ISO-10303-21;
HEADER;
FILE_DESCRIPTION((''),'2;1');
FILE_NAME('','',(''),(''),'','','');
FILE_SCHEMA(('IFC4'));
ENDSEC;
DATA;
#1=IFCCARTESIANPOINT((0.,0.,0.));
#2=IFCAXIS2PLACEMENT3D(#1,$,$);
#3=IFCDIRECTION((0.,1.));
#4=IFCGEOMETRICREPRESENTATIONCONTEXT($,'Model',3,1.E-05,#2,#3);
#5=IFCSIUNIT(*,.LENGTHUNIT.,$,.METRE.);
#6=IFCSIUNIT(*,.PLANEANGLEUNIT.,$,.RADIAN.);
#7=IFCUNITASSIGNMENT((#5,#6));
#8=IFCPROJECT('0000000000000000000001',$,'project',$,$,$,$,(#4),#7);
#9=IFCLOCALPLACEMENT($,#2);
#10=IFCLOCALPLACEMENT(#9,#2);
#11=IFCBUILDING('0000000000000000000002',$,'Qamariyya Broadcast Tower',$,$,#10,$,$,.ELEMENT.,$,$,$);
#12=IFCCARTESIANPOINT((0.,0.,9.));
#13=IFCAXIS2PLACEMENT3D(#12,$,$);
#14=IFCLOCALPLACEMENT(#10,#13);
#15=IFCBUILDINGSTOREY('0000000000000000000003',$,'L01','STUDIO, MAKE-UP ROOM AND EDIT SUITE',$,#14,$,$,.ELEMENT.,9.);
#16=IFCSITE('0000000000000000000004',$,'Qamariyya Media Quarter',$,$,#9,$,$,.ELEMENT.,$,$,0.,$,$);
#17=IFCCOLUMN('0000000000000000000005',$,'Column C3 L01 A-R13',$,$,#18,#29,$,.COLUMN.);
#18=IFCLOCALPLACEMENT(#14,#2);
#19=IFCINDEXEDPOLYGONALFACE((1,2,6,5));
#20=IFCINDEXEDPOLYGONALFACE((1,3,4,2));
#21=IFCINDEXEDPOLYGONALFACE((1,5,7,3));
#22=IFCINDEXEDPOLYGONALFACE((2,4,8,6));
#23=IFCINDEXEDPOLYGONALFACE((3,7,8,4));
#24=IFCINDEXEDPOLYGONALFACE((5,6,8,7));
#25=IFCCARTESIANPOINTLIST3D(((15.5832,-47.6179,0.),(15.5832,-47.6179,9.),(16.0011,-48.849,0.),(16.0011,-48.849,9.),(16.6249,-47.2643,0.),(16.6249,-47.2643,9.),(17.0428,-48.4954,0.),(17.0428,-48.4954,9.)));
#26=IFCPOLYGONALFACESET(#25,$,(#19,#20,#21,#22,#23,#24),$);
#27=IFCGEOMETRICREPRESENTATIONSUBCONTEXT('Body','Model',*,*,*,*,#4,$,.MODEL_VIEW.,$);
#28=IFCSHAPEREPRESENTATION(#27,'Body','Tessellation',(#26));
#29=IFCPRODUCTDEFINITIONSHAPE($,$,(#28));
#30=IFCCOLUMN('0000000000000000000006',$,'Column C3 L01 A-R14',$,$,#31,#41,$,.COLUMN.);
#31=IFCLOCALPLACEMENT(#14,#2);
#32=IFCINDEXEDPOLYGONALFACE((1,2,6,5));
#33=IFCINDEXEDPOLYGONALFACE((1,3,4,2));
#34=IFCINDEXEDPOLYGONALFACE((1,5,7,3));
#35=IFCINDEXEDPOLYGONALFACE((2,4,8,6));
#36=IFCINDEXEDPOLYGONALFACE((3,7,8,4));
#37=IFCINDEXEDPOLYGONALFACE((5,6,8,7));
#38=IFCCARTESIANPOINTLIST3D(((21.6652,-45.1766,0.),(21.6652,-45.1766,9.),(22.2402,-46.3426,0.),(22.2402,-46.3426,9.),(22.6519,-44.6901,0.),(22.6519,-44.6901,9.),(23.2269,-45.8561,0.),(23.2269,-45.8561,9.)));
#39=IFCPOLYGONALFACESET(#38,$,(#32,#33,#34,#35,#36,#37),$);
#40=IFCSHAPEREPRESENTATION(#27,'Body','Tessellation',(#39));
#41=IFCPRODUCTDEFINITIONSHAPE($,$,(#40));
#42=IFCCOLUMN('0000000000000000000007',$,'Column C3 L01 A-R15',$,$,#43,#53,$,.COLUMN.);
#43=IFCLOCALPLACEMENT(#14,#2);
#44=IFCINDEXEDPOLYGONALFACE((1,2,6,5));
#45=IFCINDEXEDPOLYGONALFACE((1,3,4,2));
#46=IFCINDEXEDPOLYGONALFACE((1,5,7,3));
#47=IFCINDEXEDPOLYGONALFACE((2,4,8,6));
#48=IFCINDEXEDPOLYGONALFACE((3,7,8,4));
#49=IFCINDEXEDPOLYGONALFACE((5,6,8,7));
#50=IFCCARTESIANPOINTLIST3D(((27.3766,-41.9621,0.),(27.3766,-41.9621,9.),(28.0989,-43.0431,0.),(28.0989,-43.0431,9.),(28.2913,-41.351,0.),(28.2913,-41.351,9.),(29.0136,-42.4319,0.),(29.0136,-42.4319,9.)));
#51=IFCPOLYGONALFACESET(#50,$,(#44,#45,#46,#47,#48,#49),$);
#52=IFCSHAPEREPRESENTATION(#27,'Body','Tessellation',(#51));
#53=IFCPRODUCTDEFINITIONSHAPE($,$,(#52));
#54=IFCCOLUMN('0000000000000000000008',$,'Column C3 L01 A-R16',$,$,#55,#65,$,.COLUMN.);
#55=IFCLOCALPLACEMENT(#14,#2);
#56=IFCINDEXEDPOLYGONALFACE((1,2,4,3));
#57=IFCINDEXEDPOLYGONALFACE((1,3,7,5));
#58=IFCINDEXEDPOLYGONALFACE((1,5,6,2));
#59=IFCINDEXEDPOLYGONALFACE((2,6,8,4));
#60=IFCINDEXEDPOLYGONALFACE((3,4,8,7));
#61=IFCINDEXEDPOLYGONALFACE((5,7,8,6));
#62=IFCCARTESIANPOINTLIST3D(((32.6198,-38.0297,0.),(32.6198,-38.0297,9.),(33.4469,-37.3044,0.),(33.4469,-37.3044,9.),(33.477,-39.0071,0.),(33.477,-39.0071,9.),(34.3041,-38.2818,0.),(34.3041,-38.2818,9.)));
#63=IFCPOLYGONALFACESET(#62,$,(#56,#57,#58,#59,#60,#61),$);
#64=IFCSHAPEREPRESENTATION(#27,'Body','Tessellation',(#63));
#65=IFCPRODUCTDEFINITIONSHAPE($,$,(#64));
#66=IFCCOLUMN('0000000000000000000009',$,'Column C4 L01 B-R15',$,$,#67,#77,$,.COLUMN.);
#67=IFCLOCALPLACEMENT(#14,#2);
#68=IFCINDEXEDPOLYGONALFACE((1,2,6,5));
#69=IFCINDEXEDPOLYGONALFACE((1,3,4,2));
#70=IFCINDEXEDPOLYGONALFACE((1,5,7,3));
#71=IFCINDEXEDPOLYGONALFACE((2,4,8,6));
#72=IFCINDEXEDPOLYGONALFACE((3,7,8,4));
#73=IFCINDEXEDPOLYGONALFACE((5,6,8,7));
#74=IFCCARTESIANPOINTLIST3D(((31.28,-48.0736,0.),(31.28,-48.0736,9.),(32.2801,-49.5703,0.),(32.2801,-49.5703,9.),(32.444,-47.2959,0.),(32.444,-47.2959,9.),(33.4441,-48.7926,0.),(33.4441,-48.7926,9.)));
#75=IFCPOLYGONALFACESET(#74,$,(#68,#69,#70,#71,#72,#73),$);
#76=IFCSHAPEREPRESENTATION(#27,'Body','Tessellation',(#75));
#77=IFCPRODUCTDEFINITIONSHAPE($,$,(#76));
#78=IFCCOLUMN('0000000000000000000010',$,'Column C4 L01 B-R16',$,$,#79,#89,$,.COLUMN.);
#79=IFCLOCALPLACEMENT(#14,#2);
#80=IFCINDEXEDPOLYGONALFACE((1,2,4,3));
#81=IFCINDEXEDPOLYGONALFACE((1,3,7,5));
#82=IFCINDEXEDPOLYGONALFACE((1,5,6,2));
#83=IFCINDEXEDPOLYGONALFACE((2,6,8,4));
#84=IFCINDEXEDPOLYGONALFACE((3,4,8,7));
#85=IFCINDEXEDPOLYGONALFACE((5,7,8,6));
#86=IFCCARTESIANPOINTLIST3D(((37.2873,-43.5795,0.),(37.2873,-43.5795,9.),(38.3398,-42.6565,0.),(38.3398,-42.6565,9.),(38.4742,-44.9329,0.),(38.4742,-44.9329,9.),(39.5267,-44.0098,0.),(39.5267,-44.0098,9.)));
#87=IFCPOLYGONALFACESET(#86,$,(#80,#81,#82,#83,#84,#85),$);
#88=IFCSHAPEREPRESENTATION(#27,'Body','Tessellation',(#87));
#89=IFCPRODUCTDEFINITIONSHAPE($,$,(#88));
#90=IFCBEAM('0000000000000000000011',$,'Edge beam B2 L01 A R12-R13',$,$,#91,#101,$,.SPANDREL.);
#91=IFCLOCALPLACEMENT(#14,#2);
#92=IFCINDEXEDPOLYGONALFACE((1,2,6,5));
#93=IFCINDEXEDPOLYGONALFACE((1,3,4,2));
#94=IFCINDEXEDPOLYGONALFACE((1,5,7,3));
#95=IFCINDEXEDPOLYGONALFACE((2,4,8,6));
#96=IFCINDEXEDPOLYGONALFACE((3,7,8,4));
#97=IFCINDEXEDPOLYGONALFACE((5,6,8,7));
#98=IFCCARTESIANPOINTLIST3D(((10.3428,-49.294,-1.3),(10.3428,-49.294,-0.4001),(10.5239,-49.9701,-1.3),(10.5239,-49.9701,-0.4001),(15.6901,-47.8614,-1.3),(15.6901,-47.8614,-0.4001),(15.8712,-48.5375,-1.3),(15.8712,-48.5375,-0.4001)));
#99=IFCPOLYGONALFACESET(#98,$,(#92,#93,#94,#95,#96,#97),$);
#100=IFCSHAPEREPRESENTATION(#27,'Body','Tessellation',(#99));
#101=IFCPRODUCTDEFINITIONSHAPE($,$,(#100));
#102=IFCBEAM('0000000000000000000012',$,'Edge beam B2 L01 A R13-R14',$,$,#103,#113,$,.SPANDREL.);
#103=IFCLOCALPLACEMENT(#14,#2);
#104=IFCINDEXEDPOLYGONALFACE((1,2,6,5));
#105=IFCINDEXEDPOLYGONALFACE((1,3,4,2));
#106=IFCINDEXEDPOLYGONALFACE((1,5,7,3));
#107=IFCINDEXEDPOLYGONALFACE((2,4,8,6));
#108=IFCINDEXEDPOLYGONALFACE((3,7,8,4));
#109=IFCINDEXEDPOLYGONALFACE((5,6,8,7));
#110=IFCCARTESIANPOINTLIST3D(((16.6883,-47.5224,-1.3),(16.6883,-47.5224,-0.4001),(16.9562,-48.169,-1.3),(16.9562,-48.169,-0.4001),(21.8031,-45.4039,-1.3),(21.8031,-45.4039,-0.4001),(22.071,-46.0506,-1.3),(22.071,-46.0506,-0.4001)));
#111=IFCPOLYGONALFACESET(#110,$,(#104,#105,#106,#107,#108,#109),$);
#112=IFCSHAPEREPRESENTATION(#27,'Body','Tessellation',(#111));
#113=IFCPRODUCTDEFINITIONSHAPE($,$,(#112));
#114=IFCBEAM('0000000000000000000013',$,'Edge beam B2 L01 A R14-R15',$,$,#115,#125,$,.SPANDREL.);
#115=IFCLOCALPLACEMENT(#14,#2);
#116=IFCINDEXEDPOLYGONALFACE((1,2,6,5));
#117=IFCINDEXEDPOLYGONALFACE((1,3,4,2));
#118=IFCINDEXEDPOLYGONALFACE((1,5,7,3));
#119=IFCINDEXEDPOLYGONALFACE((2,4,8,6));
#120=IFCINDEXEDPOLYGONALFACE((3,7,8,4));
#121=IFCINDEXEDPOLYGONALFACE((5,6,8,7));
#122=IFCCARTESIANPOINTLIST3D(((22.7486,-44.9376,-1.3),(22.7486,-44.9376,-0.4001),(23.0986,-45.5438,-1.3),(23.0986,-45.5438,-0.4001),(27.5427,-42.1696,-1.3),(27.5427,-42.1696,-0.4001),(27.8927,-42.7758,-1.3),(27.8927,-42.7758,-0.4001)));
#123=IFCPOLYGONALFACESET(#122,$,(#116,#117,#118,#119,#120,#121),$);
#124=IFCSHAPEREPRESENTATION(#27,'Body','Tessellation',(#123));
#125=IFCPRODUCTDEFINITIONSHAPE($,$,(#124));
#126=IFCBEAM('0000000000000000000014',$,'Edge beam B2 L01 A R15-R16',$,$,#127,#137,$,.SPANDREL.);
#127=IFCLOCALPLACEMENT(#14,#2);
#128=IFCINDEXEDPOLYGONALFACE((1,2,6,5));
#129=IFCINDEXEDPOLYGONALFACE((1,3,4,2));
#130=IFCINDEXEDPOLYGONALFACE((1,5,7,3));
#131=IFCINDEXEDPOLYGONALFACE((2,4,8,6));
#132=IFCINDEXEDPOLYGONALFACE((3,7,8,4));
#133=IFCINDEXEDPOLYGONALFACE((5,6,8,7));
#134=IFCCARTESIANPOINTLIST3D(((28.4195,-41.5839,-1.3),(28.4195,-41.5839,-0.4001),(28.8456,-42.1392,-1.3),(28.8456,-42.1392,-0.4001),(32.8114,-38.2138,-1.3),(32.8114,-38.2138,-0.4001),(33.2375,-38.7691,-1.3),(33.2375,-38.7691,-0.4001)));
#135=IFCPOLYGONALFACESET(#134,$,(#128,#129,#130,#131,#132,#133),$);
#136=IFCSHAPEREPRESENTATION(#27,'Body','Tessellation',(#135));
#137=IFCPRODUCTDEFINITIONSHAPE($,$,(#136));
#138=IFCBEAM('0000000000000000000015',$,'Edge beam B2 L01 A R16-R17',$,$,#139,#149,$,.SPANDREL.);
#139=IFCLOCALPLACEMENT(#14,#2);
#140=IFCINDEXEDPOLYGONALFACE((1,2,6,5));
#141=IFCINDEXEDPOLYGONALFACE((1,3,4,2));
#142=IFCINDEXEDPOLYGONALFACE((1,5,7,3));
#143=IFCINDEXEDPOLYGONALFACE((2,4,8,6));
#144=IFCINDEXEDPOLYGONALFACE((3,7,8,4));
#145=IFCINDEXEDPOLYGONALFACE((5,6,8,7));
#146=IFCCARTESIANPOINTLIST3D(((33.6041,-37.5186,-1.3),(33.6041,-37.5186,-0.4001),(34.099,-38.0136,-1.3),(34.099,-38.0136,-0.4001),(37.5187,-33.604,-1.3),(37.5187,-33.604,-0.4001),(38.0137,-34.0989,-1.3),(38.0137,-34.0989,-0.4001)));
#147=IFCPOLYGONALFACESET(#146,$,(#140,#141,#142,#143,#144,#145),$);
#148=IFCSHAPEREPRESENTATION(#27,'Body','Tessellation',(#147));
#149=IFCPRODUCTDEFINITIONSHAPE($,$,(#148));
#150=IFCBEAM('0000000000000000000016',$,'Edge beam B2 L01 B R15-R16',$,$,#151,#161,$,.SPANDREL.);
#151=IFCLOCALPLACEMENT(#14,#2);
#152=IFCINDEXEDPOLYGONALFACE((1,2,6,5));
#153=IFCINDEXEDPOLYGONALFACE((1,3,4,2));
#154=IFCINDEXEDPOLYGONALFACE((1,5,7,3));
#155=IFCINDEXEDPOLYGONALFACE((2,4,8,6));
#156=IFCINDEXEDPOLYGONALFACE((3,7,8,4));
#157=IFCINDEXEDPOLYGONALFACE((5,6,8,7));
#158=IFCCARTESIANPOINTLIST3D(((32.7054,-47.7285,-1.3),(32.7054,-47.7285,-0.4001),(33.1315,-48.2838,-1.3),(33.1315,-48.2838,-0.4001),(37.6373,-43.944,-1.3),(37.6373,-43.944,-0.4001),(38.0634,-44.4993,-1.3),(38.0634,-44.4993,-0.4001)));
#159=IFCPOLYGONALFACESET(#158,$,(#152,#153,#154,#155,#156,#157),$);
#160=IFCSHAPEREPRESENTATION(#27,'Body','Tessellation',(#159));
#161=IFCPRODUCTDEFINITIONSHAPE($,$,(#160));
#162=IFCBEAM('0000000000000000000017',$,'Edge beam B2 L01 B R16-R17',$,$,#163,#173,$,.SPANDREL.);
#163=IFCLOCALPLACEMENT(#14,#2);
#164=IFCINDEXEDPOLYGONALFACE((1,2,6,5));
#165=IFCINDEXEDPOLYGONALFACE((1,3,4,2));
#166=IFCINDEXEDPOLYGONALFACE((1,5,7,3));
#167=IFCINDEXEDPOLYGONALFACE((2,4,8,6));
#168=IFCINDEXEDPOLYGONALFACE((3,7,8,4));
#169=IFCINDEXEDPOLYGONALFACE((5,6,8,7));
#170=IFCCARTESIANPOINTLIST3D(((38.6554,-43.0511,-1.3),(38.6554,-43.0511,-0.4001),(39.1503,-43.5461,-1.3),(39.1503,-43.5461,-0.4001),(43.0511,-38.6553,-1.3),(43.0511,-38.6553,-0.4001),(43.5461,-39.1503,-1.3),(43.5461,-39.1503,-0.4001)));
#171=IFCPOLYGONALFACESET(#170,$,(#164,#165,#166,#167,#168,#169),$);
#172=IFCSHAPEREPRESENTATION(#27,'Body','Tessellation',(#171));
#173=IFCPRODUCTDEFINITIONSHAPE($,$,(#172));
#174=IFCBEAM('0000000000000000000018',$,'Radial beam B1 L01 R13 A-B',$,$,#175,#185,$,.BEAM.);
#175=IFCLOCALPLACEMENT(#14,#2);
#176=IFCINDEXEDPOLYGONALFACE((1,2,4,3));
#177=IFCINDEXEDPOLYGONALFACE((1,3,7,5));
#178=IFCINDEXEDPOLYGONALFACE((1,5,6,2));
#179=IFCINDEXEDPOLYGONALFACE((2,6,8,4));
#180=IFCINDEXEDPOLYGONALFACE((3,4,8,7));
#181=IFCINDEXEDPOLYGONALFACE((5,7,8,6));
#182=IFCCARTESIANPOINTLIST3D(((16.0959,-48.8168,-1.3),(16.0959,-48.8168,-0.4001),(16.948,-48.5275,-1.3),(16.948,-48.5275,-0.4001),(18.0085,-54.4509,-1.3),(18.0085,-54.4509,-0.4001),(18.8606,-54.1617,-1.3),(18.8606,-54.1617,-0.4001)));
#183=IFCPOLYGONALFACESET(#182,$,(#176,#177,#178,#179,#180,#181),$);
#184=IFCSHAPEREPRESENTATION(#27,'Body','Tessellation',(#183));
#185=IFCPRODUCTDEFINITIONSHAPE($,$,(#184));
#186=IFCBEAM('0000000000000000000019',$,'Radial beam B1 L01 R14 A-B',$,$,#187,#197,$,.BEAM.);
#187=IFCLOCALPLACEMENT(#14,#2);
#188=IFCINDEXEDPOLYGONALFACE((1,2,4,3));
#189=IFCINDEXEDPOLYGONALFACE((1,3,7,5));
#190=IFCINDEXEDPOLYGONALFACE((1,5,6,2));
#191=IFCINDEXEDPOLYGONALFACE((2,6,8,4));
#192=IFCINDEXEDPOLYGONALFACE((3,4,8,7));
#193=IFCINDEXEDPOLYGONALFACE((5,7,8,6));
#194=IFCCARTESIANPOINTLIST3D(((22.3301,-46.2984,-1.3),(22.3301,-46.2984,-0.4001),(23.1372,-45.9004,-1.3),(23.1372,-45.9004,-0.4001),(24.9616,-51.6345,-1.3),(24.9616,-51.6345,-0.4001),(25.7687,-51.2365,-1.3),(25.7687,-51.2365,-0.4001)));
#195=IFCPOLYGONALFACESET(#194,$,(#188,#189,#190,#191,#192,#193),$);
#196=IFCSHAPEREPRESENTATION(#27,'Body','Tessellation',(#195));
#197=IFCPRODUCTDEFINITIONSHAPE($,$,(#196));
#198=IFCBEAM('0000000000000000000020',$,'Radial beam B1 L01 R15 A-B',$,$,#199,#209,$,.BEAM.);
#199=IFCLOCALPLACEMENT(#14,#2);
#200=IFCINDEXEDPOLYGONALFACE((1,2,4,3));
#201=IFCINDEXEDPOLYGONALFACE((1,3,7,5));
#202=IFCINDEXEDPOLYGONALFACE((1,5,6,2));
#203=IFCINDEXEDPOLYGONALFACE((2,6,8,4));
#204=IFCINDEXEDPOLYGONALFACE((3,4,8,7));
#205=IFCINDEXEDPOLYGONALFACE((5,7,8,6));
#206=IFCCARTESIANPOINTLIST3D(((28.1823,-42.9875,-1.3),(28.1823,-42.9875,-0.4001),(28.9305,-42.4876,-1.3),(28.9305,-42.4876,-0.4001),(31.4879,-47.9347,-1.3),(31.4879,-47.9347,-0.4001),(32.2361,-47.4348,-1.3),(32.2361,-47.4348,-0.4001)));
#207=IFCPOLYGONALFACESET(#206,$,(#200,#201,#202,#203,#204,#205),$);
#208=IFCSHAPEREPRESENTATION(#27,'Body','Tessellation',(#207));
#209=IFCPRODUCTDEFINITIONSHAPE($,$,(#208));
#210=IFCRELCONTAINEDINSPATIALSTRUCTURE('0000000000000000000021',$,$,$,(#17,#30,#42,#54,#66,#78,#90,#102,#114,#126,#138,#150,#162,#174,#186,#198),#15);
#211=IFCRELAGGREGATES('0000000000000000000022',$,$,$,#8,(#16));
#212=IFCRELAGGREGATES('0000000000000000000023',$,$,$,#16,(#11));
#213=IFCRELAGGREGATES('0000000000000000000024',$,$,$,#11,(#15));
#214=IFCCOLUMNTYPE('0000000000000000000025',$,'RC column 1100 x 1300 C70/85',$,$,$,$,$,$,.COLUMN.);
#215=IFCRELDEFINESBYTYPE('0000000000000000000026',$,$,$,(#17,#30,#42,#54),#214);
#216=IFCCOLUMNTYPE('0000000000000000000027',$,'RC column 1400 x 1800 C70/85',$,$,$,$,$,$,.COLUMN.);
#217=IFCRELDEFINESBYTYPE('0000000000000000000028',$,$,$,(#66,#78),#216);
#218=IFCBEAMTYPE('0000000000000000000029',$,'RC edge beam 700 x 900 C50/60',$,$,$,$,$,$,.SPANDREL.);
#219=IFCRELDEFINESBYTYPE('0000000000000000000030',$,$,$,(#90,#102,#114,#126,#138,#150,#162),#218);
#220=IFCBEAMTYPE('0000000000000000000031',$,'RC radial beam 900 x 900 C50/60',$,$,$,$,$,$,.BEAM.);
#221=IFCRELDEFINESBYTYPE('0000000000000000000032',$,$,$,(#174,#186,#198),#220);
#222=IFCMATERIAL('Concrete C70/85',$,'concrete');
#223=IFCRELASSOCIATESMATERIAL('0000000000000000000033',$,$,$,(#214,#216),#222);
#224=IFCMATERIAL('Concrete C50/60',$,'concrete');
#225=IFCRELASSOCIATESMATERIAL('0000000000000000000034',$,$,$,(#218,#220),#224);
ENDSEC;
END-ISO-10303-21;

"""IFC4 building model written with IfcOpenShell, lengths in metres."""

from ifc_helpers import new_model, si_unit, direction, frame, origin, origin_2d, place, context, subcontext, project, spatial, rectangle, extrude, material, material_profile, profile_set, type_object, element, save


model = new_model("IFC4")

# Units and contexts
model_context = context("Model", 3, precision=1e-05, world=origin(), true_north=direction((0.0, 1.0)))
body_context = subcontext(model_context, "Body", "Model", "MODEL_VIEW")
ifc_project = project(units=[si_unit("LENGTHUNIT", "METRE"), si_unit("PLANEANGLEUNIT", "RADIAN")], contexts=[model_context])

# Site, building, storey
site_placement = place(None, origin())
site = spatial("IfcSite", under=ifc_project, at=site_placement, Name="Qamariyya Media Quarter", CompositionType="ELEMENT", RefElevation=0.0)
building_placement = place(site_placement, origin())
building = spatial("IfcBuilding", under=site, at=building_placement, Name="Qamariyya Broadcast Tower", CompositionType="ELEMENT")
storey_placement = place(building_placement, frame((0.0, 0.0, 9.0)))
storey = spatial("IfcBuildingStorey", under=building, at=storey_placement, Name="L01", Description="STUDIO, MAKE-UP ROOM AND EDIT SUITE", CompositionType="ELEMENT", Elevation=9.0)

# Columns
ifc_material_1 = material(Name="Concrete C70/85", Category="concrete")
ifc_material_profile_1 = material_profile(ifc_material_1, rectangle(XDim=1.1001, YDim=1.3, at=origin_2d()))
ifc_profile_set_1 = profile_set([ifc_material_profile_1], Name="Concrete C70/85")
column_type_1 = type_object("IfcColumnType", Name="RC column 1100 x 1300 C70/85", PredefinedType="COLUMN", material=ifc_profile_set_1)
for number, where, z_axis, x_axis, name in (
    (1, (16.313, -48.0566, 0.0), (0.0, 0.0, 1.0), (0.94693, 0.321439, 0.0), "Column C3 L01 A-R13"),
    (2, (22.446, -45.5164, 0.0), (0.0, 0.0, 1.0), (0.896873, 0.442289, 0.0), "Column C3 L01 A-R14"),
    (3, (28.1951, -42.197, 0.0), (0.0, 0.0, 1.0), (0.83147, 0.55557, 0.0), "Column C3 L01 A-R15"),
    (4, (33.4619, -38.1558, 0.0), (0.0, 0.0, 1.0), (0.75184, 0.659346, 0.0), "Column C3 L01 A-R16"),
):
    element("IfcColumn", number, at=place(storey_placement, frame(where, z_axis=z_axis, x_axis=x_axis)), inside=storey, type_object=column_type_1, Name=name, PredefinedType="COLUMN", context=body_context, shape_type="SweptSolid", body=[
        extrude(rectangle(XDim=1.1001, YDim=1.3, at=origin_2d()), origin(), (0.0, 0.0, 1.0), 9.0),
    ])
ifc_material_profile_2 = material_profile(ifc_material_1, rectangle(XDim=1.3999, YDim=1.8, at=origin_2d()))
ifc_profile_set_2 = profile_set([ifc_material_profile_2], Name="Concrete C70/85")
column_type_2 = type_object("IfcColumnType", Name="RC column 1400 x 1800 C70/85", PredefinedType="COLUMN", material=ifc_profile_set_2)
for number, where, z_axis, x_axis, name in (
    (5, (32.3621, -48.4331, 0.0), (0.0, 0.0, 1.0), (0.83147, 0.55557, 0.0), "Column C4 L01 B-R15"),
    (6, (38.407, -43.7947, 0.0), (0.0, 0.0, 1.0), (0.75184, 0.659346, 0.0), "Column C4 L01 B-R16"),
):
    element("IfcColumn", number, at=place(storey_placement, frame(where, z_axis=z_axis, x_axis=x_axis)), inside=storey, type_object=column_type_2, Name=name, PredefinedType="COLUMN", context=body_context, shape_type="SweptSolid", body=[
        extrude(rectangle(XDim=1.3999, YDim=1.8, at=origin_2d()), origin(), (0.0, 0.0, 1.0), 9.0),
    ])

# Beams
ifc_material_2 = material(Name="Concrete C50/60", Category="concrete")
ifc_material_profile_3 = material_profile(ifc_material_2, rectangle(XDim=0.7, YDim=0.8999, at=origin_2d()))
ifc_profile_set_3 = profile_set([ifc_material_profile_3], Name="Concrete C50/60")
beam_type_1 = type_object("IfcBeamType", Name="RC edge beam 700 x 900 C50/60", PredefinedType="SPANDREL", material=ifc_profile_set_3)
beam_1_placement = place(storey_placement, frame((10.4333, -49.6321, -0.8501), z_axis=(0.965936, 0.258782, 0.0), x_axis=(-0.258782, 0.965936, 0.0)))
element("IfcBeam", 7, at=beam_1_placement, inside=storey, type_object=beam_type_1, Name="Edge beam B2 L01 A R12-R13", PredefinedType="SPANDREL", context=body_context, shape_type="SweptSolid", body=[
    extrude(rectangle(XDim=0.7, YDim=0.8999, at=origin_2d()), origin(), (0.0, 0.0, 1.0), 5.5359),
])
beam_2_placement = place(storey_placement, frame((16.8223, -47.8457, -0.8501), z_axis=(0.923892, 0.382654, 0.0), x_axis=(-0.382654, 0.923892, 0.0)))
element("IfcBeam", 8, at=beam_2_placement, inside=storey, type_object=beam_type_1, Name="Edge beam B2 L01 A R13-R14", PredefinedType="SPANDREL", context=body_context, shape_type="SweptSolid", body=[
    extrude(rectangle(XDim=0.7, YDim=0.8999, at=origin_2d()), origin(), (0.0, 0.0, 1.0), 5.5361),
])
for number, where, z_axis, x_axis, name in (
    (9, (22.9236, -45.2407, -0.8501), (0.866014, 0.500019, 0.0), (-0.500019, 0.866014, 0.0), "Edge beam B2 L01 A R14-R15"),
    (10, (28.6326, -41.8616, -0.8501), (0.793342, 0.608777, 0.0), (-0.608777, 0.793342, 0.0), "Edge beam B2 L01 A R15-R16"),
):
    element("IfcBeam", number, at=place(storey_placement, frame(where, z_axis=z_axis, x_axis=x_axis)), inside=storey, type_object=beam_type_1, Name=name, PredefinedType="SPANDREL", context=body_context, shape_type="SweptSolid", body=[
        extrude(rectangle(XDim=0.7, YDim=0.8999, at=origin_2d()), origin(), (0.0, 0.0, 1.0), 5.5359),
    ])
beam_3_placement = place(storey_placement, frame((33.8516, -37.7661, -0.8501), z_axis=(0.707107, 0.707107, 0.0), x_axis=(-0.707107, 0.707107, 0.0)))
element("IfcBeam", 11, at=beam_3_placement, inside=storey, type_object=beam_type_1, Name="Edge beam B2 L01 A R16-R17", PredefinedType="SPANDREL", context=body_context, shape_type="SweptSolid", body=[
    extrude(rectangle(XDim=0.7, YDim=0.8999, at=origin_2d()), origin(), (0.0, 0.0, 1.0), 5.5361),
])
for number, where, z_axis, x_axis, name in (
    (12, (32.9185, -48.0061, -0.8501), (0.793349, 0.608767, 0.0), (-0.608767, 0.793349, 0.0), "Edge beam B2 L01 B R15-R16"),
    (13, (38.9028, -43.2986, -0.8501), (0.707107, 0.707107, 0.0), (-0.707107, 0.707107, 0.0), "Edge beam B2 L01 B R16-R17"),
):
    element("IfcBeam", number, at=place(storey_placement, frame(where, z_axis=z_axis, x_axis=x_axis)), inside=storey, type_object=beam_type_1, Name=name, PredefinedType="SPANDREL", context=body_context, shape_type="SweptSolid", body=[
        extrude(rectangle(XDim=0.7, YDim=0.8999, at=origin_2d()), origin(), (0.0, 0.0, 1.0), 6.2166),
    ])
ifc_material_profile_4 = material_profile(ifc_material_2, rectangle(XDim=0.8999, YDim=0.8999, at=origin_2d()))
ifc_profile_set_4 = profile_set([ifc_material_profile_4], Name="Concrete C50/60")
beam_type_2 = type_object("IfcBeamType", Name="RC radial beam 900 x 900 C50/60", PredefinedType="BEAM", material=ifc_profile_set_4)
beam_4_placement = place(storey_placement, frame((16.522, -48.6721, -0.8501), z_axis=(0.321442, -0.946929, 0.0), x_axis=(0.946929, 0.321442, 0.0)))
element("IfcBeam", 14, at=beam_4_placement, inside=storey, type_object=beam_type_2, Name="Radial beam B1 L01 R13 A-B", PredefinedType="BEAM", context=body_context, shape_type="SweptSolid", body=[
    extrude(rectangle(XDim=0.8999, YDim=0.8999, at=origin_2d()), origin(), (0.0, 0.0, 1.0), 5.95),
])
beam_5_placement = place(storey_placement, frame((22.7336, -46.0994, -0.8501), z_axis=(0.442299, -0.896868, 0.0), x_axis=(0.896868, 0.442299, 0.0)))
element("IfcBeam", 15, at=beam_5_placement, inside=storey, type_object=beam_type_2, Name="Radial beam B1 L01 R14 A-B", PredefinedType="BEAM", context=body_context, shape_type="SweptSolid", body=[
    extrude(rectangle(XDim=0.8999, YDim=0.8999, at=origin_2d()), origin(), (0.0, 0.0, 1.0), 5.9497),
])
beam_6_placement = place(storey_placement, frame((28.5564, -42.7375, -0.8501), z_axis=(0.555571, -0.831469, 0.0), x_axis=(0.831469, 0.555571, 0.0)))
element("IfcBeam", 16, at=beam_6_placement, inside=storey, type_object=beam_type_2, Name="Radial beam B1 L01 R15 A-B", PredefinedType="BEAM", context=body_context, shape_type="SweptSolid", body=[
    extrude(rectangle(XDim=0.8999, YDim=0.8999, at=origin_2d()), origin(), (0.0, 0.0, 1.0), 5.95),
])

save(model, "model.ifc")
